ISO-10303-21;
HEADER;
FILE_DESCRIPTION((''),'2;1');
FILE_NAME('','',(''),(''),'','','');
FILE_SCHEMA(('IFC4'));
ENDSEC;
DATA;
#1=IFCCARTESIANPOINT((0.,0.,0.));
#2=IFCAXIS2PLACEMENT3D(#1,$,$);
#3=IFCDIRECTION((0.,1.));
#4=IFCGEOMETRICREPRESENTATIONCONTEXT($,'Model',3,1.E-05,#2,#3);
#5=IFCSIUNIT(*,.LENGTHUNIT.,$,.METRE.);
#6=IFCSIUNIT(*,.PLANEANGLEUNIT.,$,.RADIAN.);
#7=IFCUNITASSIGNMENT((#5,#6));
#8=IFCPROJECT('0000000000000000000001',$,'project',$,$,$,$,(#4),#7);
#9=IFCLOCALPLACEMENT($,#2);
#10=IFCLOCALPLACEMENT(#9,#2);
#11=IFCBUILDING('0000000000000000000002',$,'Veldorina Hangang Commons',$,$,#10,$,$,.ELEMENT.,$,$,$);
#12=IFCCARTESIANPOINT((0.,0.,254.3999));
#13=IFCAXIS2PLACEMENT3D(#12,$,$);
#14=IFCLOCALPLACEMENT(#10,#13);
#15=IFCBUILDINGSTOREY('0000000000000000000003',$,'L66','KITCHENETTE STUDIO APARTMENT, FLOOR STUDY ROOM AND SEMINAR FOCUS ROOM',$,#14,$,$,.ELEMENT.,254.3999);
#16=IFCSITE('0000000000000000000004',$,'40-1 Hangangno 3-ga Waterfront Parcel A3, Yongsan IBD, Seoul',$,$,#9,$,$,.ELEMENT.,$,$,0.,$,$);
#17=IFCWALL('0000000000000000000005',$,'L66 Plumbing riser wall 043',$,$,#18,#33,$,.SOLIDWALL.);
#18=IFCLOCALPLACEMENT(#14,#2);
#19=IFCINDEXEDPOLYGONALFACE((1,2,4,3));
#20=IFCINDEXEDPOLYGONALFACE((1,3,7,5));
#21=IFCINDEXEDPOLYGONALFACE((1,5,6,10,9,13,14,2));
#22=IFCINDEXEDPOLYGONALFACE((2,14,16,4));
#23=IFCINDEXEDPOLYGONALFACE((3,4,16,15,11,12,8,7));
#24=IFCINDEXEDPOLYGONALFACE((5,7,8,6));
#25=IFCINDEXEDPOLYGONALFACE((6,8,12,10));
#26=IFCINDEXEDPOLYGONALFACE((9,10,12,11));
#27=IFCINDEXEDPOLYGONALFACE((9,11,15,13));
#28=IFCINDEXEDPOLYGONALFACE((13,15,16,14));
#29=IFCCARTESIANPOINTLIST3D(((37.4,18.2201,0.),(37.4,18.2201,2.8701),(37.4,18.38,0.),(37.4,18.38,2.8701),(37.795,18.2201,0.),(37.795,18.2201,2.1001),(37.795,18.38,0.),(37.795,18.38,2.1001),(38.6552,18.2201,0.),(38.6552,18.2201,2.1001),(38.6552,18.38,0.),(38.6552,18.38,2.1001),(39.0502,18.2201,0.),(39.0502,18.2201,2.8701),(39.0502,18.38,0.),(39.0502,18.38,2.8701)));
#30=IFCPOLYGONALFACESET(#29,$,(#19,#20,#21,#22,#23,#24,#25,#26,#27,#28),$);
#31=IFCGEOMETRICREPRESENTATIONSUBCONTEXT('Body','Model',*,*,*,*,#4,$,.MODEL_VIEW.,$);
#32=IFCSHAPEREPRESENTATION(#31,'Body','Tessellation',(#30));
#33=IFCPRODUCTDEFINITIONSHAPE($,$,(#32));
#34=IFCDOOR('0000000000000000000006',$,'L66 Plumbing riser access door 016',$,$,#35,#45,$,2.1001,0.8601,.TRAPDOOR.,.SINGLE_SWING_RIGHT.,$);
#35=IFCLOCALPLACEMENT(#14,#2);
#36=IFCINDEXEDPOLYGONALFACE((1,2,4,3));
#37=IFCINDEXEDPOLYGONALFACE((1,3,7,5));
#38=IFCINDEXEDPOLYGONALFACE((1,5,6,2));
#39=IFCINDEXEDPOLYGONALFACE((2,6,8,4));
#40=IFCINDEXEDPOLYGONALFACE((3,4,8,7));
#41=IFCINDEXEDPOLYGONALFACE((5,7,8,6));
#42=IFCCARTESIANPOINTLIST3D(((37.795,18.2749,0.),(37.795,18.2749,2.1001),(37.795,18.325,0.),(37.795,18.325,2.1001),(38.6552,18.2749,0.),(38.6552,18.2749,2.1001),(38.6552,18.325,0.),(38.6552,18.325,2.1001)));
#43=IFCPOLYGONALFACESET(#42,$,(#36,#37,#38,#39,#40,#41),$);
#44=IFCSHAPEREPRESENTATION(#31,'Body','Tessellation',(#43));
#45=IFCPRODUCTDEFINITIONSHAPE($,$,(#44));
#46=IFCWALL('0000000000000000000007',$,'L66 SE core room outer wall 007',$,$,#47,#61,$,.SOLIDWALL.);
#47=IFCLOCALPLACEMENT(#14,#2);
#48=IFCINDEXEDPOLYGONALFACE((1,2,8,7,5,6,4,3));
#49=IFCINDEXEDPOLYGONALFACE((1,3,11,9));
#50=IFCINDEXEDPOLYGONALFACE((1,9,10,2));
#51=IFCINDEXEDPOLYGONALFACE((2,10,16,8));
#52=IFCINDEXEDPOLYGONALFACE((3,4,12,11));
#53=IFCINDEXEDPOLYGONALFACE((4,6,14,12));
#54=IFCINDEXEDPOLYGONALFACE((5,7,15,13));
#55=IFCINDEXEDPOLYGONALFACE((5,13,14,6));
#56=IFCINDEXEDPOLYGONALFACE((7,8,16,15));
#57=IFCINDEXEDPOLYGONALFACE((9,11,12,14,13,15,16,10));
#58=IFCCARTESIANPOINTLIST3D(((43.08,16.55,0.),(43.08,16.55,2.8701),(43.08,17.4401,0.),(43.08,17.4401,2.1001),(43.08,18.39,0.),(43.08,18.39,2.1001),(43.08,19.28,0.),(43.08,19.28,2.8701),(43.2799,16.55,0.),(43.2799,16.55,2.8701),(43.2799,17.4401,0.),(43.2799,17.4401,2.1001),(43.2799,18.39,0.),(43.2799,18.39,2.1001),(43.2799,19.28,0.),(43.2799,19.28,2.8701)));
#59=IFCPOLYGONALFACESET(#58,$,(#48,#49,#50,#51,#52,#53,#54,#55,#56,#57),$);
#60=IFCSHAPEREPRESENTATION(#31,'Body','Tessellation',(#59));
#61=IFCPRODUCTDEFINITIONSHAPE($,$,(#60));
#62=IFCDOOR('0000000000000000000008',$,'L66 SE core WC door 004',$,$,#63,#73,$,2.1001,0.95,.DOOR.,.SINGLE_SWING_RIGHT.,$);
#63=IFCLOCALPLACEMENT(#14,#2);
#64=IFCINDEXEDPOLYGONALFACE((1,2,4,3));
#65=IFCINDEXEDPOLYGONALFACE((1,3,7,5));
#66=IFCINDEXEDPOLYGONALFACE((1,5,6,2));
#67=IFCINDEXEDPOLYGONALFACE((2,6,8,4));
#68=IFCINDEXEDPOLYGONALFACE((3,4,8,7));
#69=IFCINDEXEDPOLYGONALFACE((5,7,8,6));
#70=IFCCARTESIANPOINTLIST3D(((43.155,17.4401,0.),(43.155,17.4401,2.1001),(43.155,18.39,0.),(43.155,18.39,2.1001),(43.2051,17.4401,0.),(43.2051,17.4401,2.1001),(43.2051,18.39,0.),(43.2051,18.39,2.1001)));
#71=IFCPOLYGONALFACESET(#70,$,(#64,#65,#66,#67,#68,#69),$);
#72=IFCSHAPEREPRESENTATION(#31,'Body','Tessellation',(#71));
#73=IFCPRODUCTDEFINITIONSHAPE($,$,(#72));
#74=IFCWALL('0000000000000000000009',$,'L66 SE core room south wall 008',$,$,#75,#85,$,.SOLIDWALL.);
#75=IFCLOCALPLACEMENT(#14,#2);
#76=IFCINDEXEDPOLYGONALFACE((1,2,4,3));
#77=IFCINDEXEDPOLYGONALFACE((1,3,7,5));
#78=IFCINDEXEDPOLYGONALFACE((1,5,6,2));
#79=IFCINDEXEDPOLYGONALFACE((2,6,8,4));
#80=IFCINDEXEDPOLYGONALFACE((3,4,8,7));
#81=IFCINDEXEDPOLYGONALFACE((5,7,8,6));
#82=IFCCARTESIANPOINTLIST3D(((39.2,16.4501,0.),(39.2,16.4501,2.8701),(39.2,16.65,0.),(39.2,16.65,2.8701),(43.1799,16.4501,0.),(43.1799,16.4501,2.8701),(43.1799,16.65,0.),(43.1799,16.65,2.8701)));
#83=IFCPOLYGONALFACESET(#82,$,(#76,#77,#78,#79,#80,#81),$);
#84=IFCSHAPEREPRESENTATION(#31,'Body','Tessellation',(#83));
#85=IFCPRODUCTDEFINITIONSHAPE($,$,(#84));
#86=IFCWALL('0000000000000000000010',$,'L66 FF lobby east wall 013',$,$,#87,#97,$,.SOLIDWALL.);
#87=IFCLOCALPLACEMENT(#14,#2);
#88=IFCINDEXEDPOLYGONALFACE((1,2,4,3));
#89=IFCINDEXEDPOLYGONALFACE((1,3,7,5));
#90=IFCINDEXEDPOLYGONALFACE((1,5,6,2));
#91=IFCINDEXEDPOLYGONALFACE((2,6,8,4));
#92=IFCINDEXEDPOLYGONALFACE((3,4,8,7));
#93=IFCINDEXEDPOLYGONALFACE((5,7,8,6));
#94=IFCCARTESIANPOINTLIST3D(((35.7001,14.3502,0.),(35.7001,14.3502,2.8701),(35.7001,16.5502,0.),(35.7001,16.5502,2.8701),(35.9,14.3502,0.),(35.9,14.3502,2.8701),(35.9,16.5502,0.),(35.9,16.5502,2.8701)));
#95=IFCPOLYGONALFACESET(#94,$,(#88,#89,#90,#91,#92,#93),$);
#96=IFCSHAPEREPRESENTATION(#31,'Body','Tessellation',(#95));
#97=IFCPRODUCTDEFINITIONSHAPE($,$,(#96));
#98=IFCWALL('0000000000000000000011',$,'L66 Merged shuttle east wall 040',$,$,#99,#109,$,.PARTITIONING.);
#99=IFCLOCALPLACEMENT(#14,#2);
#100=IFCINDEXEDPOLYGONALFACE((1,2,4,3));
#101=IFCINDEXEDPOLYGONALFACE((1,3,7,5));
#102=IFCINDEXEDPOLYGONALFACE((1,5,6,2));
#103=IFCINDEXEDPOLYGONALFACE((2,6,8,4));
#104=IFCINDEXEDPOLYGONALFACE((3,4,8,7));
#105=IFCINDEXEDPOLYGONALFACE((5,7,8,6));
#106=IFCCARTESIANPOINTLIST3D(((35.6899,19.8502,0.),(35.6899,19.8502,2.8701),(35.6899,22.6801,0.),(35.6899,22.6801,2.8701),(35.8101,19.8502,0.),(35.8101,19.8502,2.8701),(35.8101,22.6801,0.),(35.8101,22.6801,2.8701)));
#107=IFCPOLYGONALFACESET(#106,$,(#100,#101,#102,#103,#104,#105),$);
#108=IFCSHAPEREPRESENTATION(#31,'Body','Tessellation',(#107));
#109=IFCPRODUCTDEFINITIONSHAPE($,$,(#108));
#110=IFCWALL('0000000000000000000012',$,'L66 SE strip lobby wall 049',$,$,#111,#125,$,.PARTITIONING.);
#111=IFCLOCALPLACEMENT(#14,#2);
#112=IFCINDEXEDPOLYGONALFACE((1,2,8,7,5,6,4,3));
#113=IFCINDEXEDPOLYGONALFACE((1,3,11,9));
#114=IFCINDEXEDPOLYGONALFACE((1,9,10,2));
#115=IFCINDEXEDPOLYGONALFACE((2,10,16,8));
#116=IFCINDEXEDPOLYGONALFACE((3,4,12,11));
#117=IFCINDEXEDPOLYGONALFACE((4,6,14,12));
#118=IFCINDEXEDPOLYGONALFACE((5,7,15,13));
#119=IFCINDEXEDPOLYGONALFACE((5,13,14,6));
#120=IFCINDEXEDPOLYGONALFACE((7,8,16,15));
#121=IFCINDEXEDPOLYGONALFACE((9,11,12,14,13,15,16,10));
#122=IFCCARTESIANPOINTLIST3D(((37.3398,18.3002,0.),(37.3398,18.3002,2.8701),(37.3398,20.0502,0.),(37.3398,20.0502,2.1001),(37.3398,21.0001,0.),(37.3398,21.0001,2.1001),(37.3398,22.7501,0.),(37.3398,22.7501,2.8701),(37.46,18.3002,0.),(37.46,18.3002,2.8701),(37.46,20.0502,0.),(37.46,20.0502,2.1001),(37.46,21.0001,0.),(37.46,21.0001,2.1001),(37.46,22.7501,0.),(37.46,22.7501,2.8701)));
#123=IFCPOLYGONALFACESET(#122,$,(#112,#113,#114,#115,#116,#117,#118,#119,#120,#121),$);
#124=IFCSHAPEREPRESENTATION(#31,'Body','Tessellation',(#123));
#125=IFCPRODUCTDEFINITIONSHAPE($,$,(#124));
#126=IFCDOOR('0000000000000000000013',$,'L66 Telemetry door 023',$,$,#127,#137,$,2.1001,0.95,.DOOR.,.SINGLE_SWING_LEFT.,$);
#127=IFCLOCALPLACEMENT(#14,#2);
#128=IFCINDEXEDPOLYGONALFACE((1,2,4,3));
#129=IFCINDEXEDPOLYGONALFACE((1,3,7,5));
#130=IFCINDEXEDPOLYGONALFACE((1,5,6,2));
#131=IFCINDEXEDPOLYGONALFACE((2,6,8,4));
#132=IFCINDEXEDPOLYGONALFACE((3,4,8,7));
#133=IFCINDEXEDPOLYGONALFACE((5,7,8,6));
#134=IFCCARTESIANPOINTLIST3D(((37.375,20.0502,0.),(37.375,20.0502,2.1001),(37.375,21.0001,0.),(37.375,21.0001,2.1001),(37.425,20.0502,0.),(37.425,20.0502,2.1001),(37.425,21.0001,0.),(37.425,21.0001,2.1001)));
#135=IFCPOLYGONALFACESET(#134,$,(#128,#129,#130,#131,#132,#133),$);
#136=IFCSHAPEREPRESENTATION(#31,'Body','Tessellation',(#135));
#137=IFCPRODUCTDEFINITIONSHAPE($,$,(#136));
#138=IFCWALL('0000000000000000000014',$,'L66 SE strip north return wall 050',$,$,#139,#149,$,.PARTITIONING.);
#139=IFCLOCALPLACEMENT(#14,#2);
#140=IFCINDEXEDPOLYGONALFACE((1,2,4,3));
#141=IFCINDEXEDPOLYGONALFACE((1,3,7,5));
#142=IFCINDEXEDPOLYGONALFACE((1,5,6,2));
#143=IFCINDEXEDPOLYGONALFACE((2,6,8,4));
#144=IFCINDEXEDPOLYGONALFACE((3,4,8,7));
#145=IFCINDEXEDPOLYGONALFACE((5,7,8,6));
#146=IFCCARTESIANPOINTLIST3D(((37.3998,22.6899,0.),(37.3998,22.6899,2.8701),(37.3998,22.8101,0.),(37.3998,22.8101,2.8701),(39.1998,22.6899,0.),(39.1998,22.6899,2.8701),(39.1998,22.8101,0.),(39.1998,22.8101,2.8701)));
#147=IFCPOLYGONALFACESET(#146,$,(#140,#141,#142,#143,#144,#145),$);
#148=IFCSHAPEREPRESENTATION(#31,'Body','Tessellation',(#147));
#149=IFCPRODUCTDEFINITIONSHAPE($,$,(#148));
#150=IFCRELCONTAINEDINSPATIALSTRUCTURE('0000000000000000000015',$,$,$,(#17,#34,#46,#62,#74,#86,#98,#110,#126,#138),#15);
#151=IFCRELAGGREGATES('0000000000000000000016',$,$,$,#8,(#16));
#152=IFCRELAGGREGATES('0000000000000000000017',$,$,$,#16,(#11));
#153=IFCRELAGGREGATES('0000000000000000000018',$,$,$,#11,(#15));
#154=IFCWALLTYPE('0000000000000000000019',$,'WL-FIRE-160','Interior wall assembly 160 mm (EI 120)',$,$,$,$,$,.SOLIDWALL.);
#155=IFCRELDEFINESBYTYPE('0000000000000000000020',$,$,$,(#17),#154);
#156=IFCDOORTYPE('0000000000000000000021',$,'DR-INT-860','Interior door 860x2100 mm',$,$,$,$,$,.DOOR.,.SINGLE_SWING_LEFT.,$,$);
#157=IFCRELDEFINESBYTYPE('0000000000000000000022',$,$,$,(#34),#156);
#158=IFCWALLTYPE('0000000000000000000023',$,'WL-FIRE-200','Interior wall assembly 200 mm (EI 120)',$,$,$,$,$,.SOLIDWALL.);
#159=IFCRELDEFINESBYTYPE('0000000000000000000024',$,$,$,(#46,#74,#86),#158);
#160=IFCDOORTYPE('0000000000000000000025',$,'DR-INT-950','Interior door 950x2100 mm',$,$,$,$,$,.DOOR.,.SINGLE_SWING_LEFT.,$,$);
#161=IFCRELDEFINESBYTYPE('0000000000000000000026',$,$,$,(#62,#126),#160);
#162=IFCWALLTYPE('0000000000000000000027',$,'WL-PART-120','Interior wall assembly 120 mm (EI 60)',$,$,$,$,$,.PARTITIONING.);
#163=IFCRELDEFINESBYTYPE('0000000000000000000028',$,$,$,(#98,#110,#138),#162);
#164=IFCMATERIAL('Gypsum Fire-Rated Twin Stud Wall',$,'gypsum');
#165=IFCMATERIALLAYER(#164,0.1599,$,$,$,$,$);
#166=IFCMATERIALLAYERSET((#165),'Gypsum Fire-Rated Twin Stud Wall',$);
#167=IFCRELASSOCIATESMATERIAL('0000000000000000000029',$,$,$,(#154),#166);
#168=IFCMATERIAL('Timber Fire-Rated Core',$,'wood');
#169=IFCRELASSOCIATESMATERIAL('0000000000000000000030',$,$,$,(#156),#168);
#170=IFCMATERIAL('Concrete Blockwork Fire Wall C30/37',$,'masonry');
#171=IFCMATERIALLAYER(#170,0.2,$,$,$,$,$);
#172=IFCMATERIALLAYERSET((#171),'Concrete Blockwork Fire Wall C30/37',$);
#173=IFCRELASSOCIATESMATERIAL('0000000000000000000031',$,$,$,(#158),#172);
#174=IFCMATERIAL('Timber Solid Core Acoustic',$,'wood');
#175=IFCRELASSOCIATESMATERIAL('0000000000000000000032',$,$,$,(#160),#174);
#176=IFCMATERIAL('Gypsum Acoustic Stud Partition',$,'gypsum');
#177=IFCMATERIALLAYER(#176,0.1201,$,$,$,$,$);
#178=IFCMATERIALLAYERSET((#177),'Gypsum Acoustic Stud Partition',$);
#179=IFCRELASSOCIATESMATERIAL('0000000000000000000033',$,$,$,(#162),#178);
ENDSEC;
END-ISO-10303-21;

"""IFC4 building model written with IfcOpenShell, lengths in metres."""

from ifc_helpers import new_model, si_unit, direction, frame, frame_2d, origin, place, context, subcontext, project, spatial, rectangle, extrude, material, layer, layer_set, type_object, element, fill, save


model = new_model("IFC4")

# Units and contexts
model_context = context("Model", 3, precision=1e-05, world=origin(), true_north=direction((0.0, 1.0)))
body_context = subcontext(model_context, "Body", "Model", "MODEL_VIEW")
ifc_project = project(units=[si_unit("LENGTHUNIT", "METRE"), si_unit("PLANEANGLEUNIT", "RADIAN")], contexts=[model_context])

# Site, building, storey
site_placement = place(None, origin())
site = spatial("IfcSite", under=ifc_project, at=site_placement, Name="40-1 Hangangno 3-ga Waterfront Parcel A3, Yongsan IBD, Seoul", CompositionType="ELEMENT", RefElevation=0.0)
building_placement = place(site_placement, origin())
building = spatial("IfcBuilding", under=site, at=building_placement, Name="Veldorina Hangang Commons", CompositionType="ELEMENT")
storey_placement = place(building_placement, frame((0.0, 0.0, 254.3999)))
storey = spatial("IfcBuildingStorey", under=building, at=storey_placement, Name="L66", Description="KITCHENETTE STUDIO APARTMENT, FLOOR STUDY ROOM AND SEMINAR FOCUS ROOM", CompositionType="ELEMENT", Elevation=254.3999)

# Shared definitions
ifc_material_1 = material(Name="Gypsum Fire-Rated Twin Stud Wall", Category="gypsum")
ifc_layer_1 = layer(ifc_material_1, 0.1599)
ifc_layer_set_1 = layer_set([ifc_layer_1], Name="Gypsum Fire-Rated Twin Stud Wall")
wall_type_1 = type_object("IfcWallType", Name="WL-FIRE-160", Description="Interior wall assembly 160 mm (EI 120)", PredefinedType="SOLIDWALL", material=ifc_layer_set_1)

# Walls, openings, doors
wall_1_placement = place(storey_placement, frame((37.3999, 18.3, 0.0), z_axis=(0.0, 0.0, 1.0), x_axis=(1.0, 0.0, 0.0)))
wall_1 = element("IfcWall", 1, at=wall_1_placement, inside=storey, type_object=wall_type_1, Name="L66 Plumbing riser wall 043", PredefinedType="SOLIDWALL", context=body_context, shape_type="SweptSolid", body=[
    extrude(rectangle(XDim=1.6501, YDim=0.1599, at=frame_2d((0.8252, 0.0))), origin(), (0.0, 0.0, 1.0), 2.8701),
])
opening_1_placement = place(wall_1_placement, frame((0.395, 0.0, 0.0)))
opening_1 = element("IfcOpeningElement", 2, at=opening_1_placement, cuts=wall_1, PredefinedType="OPENING", context=body_context, shape_type="SweptSolid", body=[
    extrude(rectangle(XDim=0.8601, YDim=2.1001, at=frame_2d((0.4302, 1.05))), frame((0.0, 0.0898, 0.0), z_axis=(0.0, -1.0, 0.0), x_axis=(1.0, 0.0, 0.0)), (0.0, 0.0, 1.0), 0.1799),
])
ifc_material_2 = material(Name="Timber Fire-Rated Core", Category="wood")
door_type_1 = type_object("IfcDoorType", Name="DR-INT-860", Description="Interior door 860x2100 mm", OperationType="SINGLE_SWING_LEFT", PredefinedType="DOOR", material=ifc_material_2)
door_1_placement = place(opening_1_placement, origin())
door_1 = element("IfcDoor", 3, at=door_1_placement, inside=storey, type_object=door_type_1, Name="L66 Plumbing riser access door 016", OperationType="SINGLE_SWING_RIGHT", OverallHeight=2.1001, OverallWidth=0.8601, PredefinedType="TRAPDOOR", context=body_context, shape_type="SweptSolid", body=[
    extrude(rectangle(XDim=0.8601, YDim=2.1001, at=frame_2d((0.4302, 1.05))), frame((0.0, 0.0249, 0.0), z_axis=(0.0, -1.0, 0.0), x_axis=(1.0, 0.0, 0.0)), (0.0, 0.0, 1.0), 0.05),
])
fill(opening_1, door_1)
ifc_material_3 = material(Name="Concrete Blockwork Fire Wall C30/37", Category="masonry")
ifc_layer_2 = layer(ifc_material_3, 0.2)
ifc_layer_set_2 = layer_set([ifc_layer_2], Name="Concrete Blockwork Fire Wall C30/37")
wall_type_2 = type_object("IfcWallType", Name="WL-FIRE-200", Description="Interior wall assembly 200 mm (EI 120)", PredefinedType="SOLIDWALL", material=ifc_layer_set_2)
wall_2_placement = place(storey_placement, frame((43.1799, 16.55, 0.0), z_axis=(0.0, 0.0, 1.0), x_axis=(0.0, 1.0, 0.0)))
wall_2 = element("IfcWall", 4, at=wall_2_placement, inside=storey, type_object=wall_type_2, Name="L66 SE core room outer wall 007", PredefinedType="SOLIDWALL", context=body_context, shape_type="SweptSolid", body=[
    extrude(rectangle(XDim=2.73, YDim=0.2, at=frame_2d((1.365, 0.0))), origin(), (0.0, 0.0, 1.0), 2.8701),
])
opening_2_placement = place(wall_2_placement, frame((0.8899, 0.0, 0.0)))
opening_2 = element("IfcOpeningElement", 5, at=opening_2_placement, cuts=wall_2, PredefinedType="OPENING", context=body_context, shape_type="SweptSolid", body=[
    extrude(rectangle(XDim=0.95, YDim=2.1001, at=frame_2d((0.4751, 1.05))), frame((0.0, 0.1099, 0.0), z_axis=(0.0, -1.0, 0.0), x_axis=(1.0, 0.0, 0.0)), (0.0, 0.0, 1.0), 0.22),
])
ifc_material_4 = material(Name="Timber Solid Core Acoustic", Category="wood")
door_type_2 = type_object("IfcDoorType", Name="DR-INT-950", Description="Interior door 950x2100 mm", OperationType="SINGLE_SWING_LEFT", PredefinedType="DOOR", material=ifc_material_4)
door_2_placement = place(opening_2_placement, origin())
door_2 = element("IfcDoor", 6, at=door_2_placement, inside=storey, type_object=door_type_2, Name="L66 SE core WC door 004", OperationType="SINGLE_SWING_RIGHT", OverallHeight=2.1001, OverallWidth=0.95, PredefinedType="DOOR", context=body_context, shape_type="SweptSolid", body=[
    extrude(rectangle(XDim=0.95, YDim=2.1001, at=frame_2d((0.4751, 1.05))), frame((0.0, 0.0249, 0.0), z_axis=(0.0, -1.0, 0.0), x_axis=(1.0, 0.0, 0.0)), (0.0, 0.0, 1.0), 0.05),
])
fill(opening_2, door_2)

# Walls
wall_3_placement = place(storey_placement, frame((39.2, 16.55, 0.0), z_axis=(0.0, 0.0, 1.0), x_axis=(1.0, 0.0, 0.0)))
element("IfcWall", 7, at=wall_3_placement, inside=storey, type_object=wall_type_2, Name="L66 SE core room south wall 008", PredefinedType="SOLIDWALL", context=body_context, shape_type="SweptSolid", body=[
    extrude(rectangle(XDim=3.98, YDim=0.2, at=frame_2d((1.99, 0.0))), origin(), (0.0, 0.0, 1.0), 2.8701),
])
wall_4_placement = place(storey_placement, frame((35.8, 14.3501, 0.0), z_axis=(0.0, 0.0, 1.0), x_axis=(0.0, 1.0, 0.0)))
element("IfcWall", 8, at=wall_4_placement, inside=storey, type_object=wall_type_2, Name="L66 FF lobby east wall 013", PredefinedType="SOLIDWALL", context=body_context, shape_type="SweptSolid", body=[
    extrude(rectangle(XDim=2.2, YDim=0.2, at=frame_2d((1.1001, 0.0))), origin(), (0.0, 0.0, 1.0), 2.8701),
])
ifc_material_5 = material(Name="Gypsum Acoustic Stud Partition", Category="gypsum")
ifc_layer_3 = layer(ifc_material_5, 0.1201)
ifc_layer_set_3 = layer_set([ifc_layer_3], Name="Gypsum Acoustic Stud Partition")
wall_type_3 = type_object("IfcWallType", Name="WL-PART-120", Description="Interior wall assembly 120 mm (EI 60)", PredefinedType="PARTITIONING", material=ifc_layer_set_3)
wall_5_placement = place(storey_placement, frame((35.75, 19.8501, 0.0), z_axis=(0.0, 0.0, 1.0), x_axis=(0.0, 1.0, 0.0)))
element("IfcWall", 9, at=wall_5_placement, inside=storey, type_object=wall_type_3, Name="L66 Merged shuttle east wall 040", PredefinedType="PARTITIONING", context=body_context, shape_type="SweptSolid", body=[
    extrude(rectangle(XDim=2.8298, YDim=0.1201, at=frame_2d((1.415, 0.0))), origin(), (0.0, 0.0, 1.0), 2.8701),
])

# Wall, opening, door
wall_6_placement = place(storey_placement, frame((37.3999, 18.3, 0.0), z_axis=(0.0, 0.0, 1.0), x_axis=(0.0, 1.0, 0.0)))
wall_6 = element("IfcWall", 10, at=wall_6_placement, inside=storey, type_object=wall_type_3, Name="L66 SE strip lobby wall 049", PredefinedType="PARTITIONING", context=body_context, shape_type="SweptSolid", body=[
    extrude(rectangle(XDim=4.45, YDim=0.1201, at=frame_2d((2.2251, 0.0))), origin(), (0.0, 0.0, 1.0), 2.8701),
])
opening_3_placement = place(wall_6_placement, frame((1.75, 0.0, 0.0)))
opening_3 = element("IfcOpeningElement", 11, at=opening_3_placement, cuts=wall_6, PredefinedType="OPENING", context=body_context, shape_type="SweptSolid", body=[
    extrude(rectangle(XDim=0.95, YDim=2.1001, at=frame_2d((0.4751, 1.05))), frame((0.0, 0.0701, 0.0), z_axis=(0.0, -1.0, 0.0), x_axis=(1.0, 0.0, 0.0)), (0.0, 0.0, 1.0), 0.1401),
])
door_3_placement = place(opening_3_placement, origin())
door_3 = element("IfcDoor", 12, at=door_3_placement, inside=storey, type_object=door_type_2, Name="L66 Telemetry door 023", OperationType="SINGLE_SWING_LEFT", OverallHeight=2.1001, OverallWidth=0.95, PredefinedType="DOOR", context=body_context, shape_type="SweptSolid", body=[
    extrude(rectangle(XDim=0.95, YDim=2.1001, at=frame_2d((0.4751, 1.05))), frame((0.0, 0.0249, 0.0), z_axis=(0.0, -1.0, 0.0), x_axis=(1.0, 0.0, 0.0)), (0.0, 0.0, 1.0), 0.05),
])
fill(opening_3, door_3)

# Wall
wall_7_placement = place(storey_placement, frame((37.3999, 22.75, 0.0), z_axis=(0.0, 0.0, 1.0), x_axis=(1.0, 0.0, 0.0)))
element("IfcWall", 13, at=wall_7_placement, inside=storey, type_object=wall_type_3, Name="L66 SE strip north return wall 050", PredefinedType="PARTITIONING", context=body_context, shape_type="SweptSolid", body=[
    extrude(rectangle(XDim=1.8, YDim=0.1201, at=frame_2d((0.8999, 0.0))), origin(), (0.0, 0.0, 1.0), 2.8701),
])

save(model, "model.ifc")
